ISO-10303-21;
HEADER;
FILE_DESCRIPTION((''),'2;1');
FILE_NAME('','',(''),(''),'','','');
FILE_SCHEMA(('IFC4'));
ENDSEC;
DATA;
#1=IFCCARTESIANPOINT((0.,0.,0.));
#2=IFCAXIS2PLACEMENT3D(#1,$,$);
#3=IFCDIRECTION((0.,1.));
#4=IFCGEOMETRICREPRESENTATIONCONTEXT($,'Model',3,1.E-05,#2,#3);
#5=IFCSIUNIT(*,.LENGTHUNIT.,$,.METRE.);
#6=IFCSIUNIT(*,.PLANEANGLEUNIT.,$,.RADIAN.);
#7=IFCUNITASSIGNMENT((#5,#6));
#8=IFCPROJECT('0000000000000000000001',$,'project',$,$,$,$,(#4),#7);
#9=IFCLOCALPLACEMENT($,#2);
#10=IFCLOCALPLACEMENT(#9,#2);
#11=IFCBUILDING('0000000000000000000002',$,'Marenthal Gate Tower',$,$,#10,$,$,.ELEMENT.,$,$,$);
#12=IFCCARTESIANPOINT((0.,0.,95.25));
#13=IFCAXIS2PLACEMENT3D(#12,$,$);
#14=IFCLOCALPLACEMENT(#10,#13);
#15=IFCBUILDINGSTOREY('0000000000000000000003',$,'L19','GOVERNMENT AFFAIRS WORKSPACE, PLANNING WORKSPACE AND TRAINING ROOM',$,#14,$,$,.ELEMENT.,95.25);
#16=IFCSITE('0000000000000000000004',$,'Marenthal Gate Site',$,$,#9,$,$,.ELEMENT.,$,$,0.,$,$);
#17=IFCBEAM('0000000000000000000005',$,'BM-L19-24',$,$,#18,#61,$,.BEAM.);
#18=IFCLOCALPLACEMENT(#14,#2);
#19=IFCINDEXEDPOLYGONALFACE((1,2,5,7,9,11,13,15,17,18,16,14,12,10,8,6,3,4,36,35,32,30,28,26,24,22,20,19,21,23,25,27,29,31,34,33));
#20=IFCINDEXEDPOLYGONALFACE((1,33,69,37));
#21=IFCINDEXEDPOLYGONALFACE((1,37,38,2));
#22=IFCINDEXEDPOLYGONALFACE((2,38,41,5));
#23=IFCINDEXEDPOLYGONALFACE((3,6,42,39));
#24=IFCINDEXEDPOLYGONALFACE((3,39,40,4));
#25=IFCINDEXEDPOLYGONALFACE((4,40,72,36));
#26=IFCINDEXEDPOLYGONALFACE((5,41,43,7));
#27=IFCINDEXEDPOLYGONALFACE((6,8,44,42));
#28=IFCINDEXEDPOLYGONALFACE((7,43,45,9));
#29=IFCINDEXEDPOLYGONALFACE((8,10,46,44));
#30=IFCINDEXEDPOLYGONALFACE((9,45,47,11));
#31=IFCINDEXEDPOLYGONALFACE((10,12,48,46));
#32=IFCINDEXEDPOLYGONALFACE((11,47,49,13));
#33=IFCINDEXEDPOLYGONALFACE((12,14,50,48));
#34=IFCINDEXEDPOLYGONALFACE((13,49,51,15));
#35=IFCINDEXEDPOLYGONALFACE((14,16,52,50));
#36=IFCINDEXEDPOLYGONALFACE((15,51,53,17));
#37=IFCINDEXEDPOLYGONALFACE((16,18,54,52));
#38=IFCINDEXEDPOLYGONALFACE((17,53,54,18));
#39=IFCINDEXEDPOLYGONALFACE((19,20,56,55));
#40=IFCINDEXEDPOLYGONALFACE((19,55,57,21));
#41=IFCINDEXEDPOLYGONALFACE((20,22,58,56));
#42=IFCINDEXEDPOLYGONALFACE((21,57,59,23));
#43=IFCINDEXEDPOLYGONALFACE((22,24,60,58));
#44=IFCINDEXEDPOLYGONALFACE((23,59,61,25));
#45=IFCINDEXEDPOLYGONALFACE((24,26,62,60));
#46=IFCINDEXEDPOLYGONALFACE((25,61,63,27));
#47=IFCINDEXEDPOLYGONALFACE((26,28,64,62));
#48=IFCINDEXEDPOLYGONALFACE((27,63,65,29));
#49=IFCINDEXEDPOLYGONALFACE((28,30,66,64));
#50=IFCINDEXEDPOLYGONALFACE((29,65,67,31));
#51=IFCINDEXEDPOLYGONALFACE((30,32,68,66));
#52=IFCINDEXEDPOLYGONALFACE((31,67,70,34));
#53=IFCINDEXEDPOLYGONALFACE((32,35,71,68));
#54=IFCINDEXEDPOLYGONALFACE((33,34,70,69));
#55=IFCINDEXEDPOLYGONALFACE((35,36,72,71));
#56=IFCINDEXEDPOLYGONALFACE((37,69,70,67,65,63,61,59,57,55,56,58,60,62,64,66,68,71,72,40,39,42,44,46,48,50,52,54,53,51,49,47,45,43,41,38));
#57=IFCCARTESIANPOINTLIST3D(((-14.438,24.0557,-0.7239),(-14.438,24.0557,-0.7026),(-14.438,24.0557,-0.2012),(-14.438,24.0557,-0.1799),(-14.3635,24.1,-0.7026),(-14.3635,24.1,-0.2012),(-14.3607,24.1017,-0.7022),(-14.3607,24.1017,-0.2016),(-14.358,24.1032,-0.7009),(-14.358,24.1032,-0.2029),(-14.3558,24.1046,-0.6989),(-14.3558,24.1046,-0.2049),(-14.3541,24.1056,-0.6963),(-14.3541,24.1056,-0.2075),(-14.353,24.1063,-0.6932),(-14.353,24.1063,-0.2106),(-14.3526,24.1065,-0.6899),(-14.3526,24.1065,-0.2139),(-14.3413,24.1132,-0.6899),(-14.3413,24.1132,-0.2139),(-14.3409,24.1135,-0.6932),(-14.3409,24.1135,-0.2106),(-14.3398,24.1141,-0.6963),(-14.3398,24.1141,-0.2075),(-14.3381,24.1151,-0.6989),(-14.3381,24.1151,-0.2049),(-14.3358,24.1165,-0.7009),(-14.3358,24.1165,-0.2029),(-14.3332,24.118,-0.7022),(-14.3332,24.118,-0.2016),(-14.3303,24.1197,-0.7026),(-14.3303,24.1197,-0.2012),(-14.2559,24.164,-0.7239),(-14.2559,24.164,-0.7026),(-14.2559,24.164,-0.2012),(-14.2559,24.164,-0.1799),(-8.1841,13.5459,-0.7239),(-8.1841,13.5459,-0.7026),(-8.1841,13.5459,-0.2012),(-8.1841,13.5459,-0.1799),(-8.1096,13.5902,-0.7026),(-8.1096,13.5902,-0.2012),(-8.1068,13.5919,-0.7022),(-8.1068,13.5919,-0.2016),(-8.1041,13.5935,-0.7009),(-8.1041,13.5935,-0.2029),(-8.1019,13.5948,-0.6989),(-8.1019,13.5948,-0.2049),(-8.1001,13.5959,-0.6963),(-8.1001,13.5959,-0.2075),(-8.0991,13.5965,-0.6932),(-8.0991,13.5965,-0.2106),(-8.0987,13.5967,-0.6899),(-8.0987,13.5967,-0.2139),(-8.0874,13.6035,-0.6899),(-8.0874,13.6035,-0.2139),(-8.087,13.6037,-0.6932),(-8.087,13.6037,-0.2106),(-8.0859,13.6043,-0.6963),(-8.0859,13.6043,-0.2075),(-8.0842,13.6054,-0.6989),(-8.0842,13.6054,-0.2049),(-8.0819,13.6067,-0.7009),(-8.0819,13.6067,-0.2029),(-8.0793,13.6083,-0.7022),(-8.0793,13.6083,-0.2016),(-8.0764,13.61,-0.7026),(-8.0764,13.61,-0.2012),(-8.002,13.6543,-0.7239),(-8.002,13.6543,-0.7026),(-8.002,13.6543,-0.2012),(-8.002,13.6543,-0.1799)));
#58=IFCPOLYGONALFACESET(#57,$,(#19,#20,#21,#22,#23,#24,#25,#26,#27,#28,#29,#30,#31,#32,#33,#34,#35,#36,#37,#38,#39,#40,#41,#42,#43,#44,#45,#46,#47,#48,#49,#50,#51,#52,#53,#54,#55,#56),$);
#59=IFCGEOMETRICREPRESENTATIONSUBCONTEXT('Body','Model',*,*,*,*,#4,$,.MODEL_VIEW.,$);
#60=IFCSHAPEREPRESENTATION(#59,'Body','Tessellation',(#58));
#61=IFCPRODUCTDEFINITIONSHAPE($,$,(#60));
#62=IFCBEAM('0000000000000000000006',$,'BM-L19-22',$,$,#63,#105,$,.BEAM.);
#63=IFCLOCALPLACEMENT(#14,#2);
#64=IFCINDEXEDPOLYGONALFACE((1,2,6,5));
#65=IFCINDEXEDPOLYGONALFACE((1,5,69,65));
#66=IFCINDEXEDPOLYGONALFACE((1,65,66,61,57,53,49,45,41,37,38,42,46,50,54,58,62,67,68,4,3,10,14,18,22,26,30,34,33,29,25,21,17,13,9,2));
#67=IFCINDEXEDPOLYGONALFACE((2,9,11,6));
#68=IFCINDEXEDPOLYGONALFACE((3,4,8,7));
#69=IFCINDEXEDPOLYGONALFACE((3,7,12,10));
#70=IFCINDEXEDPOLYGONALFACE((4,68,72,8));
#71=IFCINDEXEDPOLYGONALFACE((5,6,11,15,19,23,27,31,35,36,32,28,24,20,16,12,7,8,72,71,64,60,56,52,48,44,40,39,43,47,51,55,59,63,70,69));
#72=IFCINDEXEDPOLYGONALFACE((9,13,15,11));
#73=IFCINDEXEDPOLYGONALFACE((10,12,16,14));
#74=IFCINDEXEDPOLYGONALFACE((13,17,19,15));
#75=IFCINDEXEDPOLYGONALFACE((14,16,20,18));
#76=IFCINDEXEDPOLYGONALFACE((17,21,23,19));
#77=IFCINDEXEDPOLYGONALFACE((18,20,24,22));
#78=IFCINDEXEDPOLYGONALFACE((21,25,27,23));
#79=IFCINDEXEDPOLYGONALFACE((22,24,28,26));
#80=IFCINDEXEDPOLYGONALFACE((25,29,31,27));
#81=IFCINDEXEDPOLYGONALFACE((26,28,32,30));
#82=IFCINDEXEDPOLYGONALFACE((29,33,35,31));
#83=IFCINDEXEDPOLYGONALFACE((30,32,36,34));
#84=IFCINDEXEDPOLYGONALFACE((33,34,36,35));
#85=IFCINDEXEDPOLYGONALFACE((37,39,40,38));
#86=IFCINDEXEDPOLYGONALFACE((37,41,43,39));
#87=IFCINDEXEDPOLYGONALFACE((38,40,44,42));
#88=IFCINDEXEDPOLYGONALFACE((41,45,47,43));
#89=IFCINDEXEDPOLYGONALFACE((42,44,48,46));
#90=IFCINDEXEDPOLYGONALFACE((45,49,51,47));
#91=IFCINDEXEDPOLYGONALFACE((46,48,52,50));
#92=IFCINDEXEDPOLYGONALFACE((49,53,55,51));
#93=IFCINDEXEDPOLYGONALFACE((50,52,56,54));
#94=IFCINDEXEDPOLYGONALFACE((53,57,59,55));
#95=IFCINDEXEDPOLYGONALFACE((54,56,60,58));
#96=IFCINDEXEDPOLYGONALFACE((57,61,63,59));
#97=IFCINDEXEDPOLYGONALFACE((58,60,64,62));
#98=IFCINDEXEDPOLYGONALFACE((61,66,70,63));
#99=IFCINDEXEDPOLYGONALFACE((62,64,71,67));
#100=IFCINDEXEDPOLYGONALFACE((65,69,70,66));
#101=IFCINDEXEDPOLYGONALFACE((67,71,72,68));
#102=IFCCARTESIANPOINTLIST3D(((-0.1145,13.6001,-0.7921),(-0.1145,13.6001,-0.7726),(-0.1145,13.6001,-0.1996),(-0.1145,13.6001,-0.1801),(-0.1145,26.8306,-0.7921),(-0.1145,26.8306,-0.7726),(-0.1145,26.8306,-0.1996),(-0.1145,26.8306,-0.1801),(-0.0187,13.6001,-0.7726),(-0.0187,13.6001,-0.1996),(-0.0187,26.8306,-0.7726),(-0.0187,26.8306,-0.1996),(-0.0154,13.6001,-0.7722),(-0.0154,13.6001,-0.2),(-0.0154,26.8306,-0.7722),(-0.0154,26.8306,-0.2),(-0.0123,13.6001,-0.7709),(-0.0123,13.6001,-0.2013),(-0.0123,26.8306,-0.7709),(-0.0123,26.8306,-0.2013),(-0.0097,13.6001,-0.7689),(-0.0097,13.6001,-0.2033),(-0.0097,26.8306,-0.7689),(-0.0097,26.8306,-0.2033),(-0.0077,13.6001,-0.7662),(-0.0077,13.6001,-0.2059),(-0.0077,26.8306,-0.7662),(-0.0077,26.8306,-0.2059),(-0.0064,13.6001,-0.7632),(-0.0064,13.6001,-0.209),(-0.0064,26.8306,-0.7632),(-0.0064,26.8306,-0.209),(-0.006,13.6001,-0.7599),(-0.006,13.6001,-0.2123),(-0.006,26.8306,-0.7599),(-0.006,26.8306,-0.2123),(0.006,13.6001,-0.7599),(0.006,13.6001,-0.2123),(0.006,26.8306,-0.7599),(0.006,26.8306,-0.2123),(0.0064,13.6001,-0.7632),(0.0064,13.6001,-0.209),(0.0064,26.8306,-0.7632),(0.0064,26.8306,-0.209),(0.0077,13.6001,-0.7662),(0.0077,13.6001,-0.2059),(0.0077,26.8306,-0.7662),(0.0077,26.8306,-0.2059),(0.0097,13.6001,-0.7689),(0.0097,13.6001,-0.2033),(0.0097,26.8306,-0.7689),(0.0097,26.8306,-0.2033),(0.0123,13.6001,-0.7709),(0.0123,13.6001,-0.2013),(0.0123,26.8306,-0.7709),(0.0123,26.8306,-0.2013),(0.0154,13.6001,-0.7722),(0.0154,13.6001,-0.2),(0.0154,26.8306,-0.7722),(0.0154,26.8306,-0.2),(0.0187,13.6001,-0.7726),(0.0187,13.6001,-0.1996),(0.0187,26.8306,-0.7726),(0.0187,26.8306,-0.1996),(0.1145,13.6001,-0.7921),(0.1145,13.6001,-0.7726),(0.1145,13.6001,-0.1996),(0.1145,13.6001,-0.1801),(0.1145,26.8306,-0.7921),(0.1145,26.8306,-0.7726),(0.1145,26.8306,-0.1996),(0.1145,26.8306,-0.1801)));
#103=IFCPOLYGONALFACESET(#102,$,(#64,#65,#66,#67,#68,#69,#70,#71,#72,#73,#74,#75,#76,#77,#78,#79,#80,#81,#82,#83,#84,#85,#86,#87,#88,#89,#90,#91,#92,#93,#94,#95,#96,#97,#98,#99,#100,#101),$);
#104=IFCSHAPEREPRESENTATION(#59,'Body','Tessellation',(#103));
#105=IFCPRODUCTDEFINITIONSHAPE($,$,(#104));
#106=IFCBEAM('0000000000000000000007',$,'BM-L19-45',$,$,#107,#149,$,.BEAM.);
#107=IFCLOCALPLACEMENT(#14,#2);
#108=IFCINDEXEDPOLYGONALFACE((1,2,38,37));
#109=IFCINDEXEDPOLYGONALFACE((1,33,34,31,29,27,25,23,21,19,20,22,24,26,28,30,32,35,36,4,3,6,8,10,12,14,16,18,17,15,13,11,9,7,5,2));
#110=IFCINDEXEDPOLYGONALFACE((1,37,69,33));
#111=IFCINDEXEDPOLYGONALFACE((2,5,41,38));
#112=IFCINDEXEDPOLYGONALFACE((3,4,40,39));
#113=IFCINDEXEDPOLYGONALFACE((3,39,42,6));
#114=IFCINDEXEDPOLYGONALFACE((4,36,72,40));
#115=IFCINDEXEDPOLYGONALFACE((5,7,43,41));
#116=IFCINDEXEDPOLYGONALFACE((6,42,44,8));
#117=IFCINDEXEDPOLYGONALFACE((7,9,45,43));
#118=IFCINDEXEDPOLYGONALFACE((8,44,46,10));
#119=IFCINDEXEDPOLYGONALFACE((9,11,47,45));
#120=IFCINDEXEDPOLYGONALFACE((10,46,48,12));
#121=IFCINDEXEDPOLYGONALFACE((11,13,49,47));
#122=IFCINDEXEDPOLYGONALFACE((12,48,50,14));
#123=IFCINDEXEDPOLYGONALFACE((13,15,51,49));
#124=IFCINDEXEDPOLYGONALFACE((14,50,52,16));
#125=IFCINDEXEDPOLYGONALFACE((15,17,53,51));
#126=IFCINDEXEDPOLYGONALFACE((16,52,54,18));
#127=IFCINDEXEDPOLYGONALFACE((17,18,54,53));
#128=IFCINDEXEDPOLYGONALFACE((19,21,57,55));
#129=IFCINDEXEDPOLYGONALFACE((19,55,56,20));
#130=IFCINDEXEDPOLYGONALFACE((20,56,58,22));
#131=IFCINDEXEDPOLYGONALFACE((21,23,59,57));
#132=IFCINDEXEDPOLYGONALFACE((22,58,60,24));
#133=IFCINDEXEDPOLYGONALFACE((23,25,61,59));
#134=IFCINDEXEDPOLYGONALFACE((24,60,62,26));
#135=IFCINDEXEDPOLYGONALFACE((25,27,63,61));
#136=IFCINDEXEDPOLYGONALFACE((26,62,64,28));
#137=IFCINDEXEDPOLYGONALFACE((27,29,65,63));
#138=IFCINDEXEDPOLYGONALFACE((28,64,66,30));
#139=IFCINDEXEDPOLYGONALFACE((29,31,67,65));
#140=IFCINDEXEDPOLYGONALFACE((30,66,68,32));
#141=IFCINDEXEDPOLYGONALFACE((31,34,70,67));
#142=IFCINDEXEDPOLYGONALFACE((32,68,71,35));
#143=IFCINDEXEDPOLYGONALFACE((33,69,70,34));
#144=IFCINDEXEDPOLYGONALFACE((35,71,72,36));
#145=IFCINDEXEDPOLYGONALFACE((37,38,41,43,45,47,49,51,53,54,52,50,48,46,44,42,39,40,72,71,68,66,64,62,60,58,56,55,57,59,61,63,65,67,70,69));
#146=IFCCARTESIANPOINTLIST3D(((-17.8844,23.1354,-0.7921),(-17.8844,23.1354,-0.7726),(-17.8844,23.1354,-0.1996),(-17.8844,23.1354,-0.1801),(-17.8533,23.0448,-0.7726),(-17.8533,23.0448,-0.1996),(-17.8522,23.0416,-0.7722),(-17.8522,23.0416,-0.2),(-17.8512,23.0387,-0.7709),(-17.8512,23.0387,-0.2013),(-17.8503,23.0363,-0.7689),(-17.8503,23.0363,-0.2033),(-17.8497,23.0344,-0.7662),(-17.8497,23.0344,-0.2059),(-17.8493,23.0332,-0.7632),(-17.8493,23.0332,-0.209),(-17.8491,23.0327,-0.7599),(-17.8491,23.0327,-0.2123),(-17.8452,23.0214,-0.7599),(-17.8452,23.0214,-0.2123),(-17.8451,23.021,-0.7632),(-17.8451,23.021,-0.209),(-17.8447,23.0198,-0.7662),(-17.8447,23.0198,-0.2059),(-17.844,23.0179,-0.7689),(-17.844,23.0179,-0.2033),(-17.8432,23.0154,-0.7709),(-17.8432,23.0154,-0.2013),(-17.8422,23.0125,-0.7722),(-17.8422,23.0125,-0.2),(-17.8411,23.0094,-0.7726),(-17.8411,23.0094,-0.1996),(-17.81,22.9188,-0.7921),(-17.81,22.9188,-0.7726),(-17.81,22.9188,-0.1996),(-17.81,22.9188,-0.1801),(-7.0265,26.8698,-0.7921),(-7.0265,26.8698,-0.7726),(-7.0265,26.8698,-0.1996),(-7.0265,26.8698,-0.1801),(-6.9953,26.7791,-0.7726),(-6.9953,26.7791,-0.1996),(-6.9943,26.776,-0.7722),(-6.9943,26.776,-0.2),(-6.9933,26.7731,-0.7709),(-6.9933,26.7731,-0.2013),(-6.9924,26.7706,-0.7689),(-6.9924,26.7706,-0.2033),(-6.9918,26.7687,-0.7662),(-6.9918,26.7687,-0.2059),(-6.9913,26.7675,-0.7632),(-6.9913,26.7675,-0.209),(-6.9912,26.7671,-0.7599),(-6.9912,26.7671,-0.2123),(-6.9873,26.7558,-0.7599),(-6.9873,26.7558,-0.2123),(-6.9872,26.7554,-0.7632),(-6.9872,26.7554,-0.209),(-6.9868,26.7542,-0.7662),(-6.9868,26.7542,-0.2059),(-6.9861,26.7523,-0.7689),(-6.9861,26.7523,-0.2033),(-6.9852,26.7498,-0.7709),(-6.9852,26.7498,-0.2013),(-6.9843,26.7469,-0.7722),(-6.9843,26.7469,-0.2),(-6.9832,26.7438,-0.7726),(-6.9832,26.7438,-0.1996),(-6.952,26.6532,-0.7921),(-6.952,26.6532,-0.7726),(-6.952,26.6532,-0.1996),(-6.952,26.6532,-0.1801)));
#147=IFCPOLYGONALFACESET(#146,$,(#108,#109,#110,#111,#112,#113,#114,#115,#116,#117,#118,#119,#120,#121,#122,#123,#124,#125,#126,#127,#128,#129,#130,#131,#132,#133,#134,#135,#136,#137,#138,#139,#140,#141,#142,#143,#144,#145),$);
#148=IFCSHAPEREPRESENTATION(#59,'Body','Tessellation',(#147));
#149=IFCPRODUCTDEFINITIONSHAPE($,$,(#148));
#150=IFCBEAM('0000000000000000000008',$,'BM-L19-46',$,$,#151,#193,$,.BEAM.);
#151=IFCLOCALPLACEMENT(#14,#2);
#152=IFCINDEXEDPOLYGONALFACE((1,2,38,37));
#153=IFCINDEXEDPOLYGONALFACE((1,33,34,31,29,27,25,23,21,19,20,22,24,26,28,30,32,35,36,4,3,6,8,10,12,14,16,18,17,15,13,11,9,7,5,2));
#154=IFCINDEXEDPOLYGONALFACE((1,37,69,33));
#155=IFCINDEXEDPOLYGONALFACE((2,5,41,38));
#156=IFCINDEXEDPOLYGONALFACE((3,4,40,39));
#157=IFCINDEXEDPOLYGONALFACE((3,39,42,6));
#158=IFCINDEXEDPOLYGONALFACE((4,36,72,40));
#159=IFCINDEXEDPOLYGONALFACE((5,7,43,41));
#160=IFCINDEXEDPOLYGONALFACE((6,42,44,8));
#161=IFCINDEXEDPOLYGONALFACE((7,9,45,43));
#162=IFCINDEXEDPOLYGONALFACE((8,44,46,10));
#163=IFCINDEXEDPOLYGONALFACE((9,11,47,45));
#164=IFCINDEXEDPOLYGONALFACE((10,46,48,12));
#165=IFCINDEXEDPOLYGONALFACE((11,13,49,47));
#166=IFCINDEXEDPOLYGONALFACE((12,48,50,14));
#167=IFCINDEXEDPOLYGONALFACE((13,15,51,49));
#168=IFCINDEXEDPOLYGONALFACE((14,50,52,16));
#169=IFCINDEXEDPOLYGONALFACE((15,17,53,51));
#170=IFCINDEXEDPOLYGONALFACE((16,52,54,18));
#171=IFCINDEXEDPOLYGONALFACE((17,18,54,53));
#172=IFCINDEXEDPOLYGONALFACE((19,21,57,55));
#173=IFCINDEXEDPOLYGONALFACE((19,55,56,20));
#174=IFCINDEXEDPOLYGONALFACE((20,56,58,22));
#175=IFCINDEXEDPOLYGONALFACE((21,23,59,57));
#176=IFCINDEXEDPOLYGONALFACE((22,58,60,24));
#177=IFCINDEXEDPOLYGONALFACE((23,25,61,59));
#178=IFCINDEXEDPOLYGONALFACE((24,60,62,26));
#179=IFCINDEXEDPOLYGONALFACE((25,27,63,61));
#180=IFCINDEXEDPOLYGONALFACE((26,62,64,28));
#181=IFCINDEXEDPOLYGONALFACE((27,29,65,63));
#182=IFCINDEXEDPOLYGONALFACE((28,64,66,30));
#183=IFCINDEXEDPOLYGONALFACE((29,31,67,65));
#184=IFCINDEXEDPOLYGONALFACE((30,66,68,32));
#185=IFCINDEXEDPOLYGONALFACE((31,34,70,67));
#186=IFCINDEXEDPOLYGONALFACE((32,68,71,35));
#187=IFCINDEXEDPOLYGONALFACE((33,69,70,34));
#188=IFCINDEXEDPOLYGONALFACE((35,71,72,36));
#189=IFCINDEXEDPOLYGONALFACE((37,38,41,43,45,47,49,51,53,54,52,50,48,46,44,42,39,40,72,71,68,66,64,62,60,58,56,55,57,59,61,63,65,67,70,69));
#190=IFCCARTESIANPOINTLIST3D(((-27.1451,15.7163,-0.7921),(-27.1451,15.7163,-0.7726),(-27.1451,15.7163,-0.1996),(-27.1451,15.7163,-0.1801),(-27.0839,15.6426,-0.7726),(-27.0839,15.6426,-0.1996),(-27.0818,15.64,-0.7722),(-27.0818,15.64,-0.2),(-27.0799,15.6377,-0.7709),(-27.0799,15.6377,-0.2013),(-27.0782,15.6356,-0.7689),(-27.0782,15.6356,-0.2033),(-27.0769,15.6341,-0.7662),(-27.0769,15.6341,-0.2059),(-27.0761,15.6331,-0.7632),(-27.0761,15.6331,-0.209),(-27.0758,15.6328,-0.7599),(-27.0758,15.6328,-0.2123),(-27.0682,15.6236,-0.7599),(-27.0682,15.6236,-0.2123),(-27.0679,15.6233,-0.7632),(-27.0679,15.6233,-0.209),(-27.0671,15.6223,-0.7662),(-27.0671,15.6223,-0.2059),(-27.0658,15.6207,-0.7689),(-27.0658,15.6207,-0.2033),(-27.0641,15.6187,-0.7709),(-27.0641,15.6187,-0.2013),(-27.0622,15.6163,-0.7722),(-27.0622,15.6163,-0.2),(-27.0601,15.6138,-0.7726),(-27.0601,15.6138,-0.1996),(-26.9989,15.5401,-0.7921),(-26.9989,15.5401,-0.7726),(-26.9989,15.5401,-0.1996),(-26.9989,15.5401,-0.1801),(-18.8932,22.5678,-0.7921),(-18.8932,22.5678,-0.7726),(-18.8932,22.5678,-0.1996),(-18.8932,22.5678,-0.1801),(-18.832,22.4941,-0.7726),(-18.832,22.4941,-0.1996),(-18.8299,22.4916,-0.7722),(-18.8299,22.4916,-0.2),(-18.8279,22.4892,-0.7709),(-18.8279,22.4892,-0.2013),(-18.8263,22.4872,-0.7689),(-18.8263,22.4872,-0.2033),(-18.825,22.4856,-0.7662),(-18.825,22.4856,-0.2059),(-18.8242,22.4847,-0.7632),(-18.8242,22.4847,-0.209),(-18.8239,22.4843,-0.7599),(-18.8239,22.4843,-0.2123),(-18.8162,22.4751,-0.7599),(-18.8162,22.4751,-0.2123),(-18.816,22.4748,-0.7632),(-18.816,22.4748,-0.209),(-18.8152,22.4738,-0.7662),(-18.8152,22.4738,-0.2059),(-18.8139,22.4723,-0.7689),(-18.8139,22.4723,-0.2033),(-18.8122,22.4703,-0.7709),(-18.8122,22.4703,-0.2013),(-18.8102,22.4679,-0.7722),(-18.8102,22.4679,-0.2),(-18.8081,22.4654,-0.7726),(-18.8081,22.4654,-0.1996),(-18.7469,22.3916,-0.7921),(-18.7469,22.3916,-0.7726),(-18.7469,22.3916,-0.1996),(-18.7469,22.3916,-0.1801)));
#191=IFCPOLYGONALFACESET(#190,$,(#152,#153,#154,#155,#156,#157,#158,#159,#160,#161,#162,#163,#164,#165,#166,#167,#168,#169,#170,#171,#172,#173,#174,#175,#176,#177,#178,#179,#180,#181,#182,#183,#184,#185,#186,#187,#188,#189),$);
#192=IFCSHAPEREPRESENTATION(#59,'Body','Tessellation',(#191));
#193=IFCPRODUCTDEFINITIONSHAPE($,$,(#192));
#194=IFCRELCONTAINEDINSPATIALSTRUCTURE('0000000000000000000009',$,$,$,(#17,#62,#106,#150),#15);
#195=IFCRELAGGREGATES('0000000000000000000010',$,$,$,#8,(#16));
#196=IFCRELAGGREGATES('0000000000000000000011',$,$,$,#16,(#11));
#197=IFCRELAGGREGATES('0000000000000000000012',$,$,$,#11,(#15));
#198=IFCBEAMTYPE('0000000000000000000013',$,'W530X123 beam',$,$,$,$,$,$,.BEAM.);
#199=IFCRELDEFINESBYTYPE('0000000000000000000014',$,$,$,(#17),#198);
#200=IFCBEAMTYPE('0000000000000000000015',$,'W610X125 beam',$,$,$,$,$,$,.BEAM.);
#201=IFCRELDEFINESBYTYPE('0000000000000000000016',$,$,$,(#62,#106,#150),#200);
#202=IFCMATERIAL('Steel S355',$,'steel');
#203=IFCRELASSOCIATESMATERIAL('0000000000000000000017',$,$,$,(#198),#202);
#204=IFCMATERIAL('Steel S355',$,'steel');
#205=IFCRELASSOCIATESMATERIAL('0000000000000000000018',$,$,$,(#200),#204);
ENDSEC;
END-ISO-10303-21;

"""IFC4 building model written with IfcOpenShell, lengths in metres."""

from ifc_helpers import new_model, si_unit, direction, frame, origin, origin_2d, place, context, subcontext, project, spatial, i_section, extrude, material, material_profile, profile_set, type_object, element, save


model = new_model("IFC4")

# Units and contexts
model_context = context("Model", 3, precision=1e-05, world=origin(), true_north=direction((0.0, 1.0)))
body_context = subcontext(model_context, "Body", "Model", "MODEL_VIEW")
ifc_project = project(units=[si_unit("LENGTHUNIT", "METRE"), si_unit("PLANEANGLEUNIT", "RADIAN")], contexts=[model_context])

# Site, building, storey
site_placement = place(None, origin())
site = spatial("IfcSite", under=ifc_project, at=site_placement, Name="Marenthal Gate Site", CompositionType="ELEMENT", RefElevation=0.0)
building_placement = place(site_placement, origin())
building = spatial("IfcBuilding", under=site, at=building_placement, Name="Marenthal Gate Tower", CompositionType="ELEMENT")
storey_placement = place(building_placement, frame((0.0, 0.0, 95.25)))
storey = spatial("IfcBuildingStorey", under=building, at=storey_placement, Name="L19", Description="GOVERNMENT AFFAIRS WORKSPACE, PLANNING WORKSPACE AND TRAINING ROOM", CompositionType="ELEMENT", Elevation=95.25)

# Beams
ifc_material_1 = material(Name="Steel S355", Category="steel")
ifc_material_profile_1 = material_profile(ifc_material_1, i_section(OverallWidth=0.2119, OverallDepth=0.5439, WebThickness=0.0132, FlangeThickness=0.0212, FilletRadius=0.0127, at=origin_2d()), Name="W530X123")
ifc_profile_set_1 = profile_set([ifc_material_profile_1], Name="Steel S355")
beam_type_1 = type_object("IfcBeamType", Name="W530X123 beam", PredefinedType="BEAM", material=ifc_profile_set_1)
beam_1_placement = place(storey_placement, frame((-14.3469, 24.1099, -0.4519), z_axis=(0.511369, -0.859361, 0.0), x_axis=(0.859361, 0.511369, 0.0)))
element("IfcBeam", 1, at=beam_1_placement, inside=storey, type_object=beam_type_1, Name="BM-L19-24", PredefinedType="BEAM", context=body_context, shape_type="SweptSolid", body=[
    extrude(i_section(OverallWidth=0.2119, OverallDepth=0.5439, WebThickness=0.0132, FlangeThickness=0.0212, FilletRadius=0.0127, at=origin_2d()), origin(), (0.0, 0.0, 1.0), 12.2297),
])
ifc_material_2 = material(Name="Steel S355", Category="steel")
ifc_material_profile_2 = material_profile(ifc_material_2, i_section(OverallWidth=0.229, OverallDepth=0.6121, WebThickness=0.012, FlangeThickness=0.0195, FilletRadius=0.0127, at=origin_2d()), Name="W610X125")
ifc_profile_set_2 = profile_set([ifc_material_profile_2], Name="Steel S355")
beam_type_2 = type_object("IfcBeamType", Name="W610X125 beam", PredefinedType="BEAM", material=ifc_profile_set_2)
beam_2_placement = place(storey_placement, frame((0.0, 26.8306, -0.4861), z_axis=(0.0, -1.0, 0.0), x_axis=(1.0, 0.0, 0.0)))
element("IfcBeam", 2, at=beam_2_placement, inside=storey, type_object=beam_type_2, Name="BM-L19-22", PredefinedType="BEAM", context=body_context, shape_type="SweptSolid", body=[
    extrude(i_section(OverallWidth=0.229, OverallDepth=0.6121, WebThickness=0.012, FlangeThickness=0.0195, FilletRadius=0.0127, at=origin_2d()), origin(), (0.0, 0.0, 1.0), 13.2305),
])
beam_3_placement = place(storey_placement, frame((-6.9893, 26.7615, -0.4861), z_axis=(-0.945634, -0.325233, 0.0), x_axis=(0.325233, -0.945634, 0.0)))
element("IfcBeam", 3, at=beam_3_placement, inside=storey, type_object=beam_type_2, Name="BM-L19-45", PredefinedType="BEAM", context=body_context, shape_type="SweptSolid", body=[
    extrude(i_section(OverallWidth=0.229, OverallDepth=0.6121, WebThickness=0.012, FlangeThickness=0.0195, FilletRadius=0.0127, at=origin_2d()), origin(), (0.0, 0.0, 1.0), 11.4822),
])
beam_4_placement = place(storey_placement, frame((-18.8201, 22.4797, -0.4861), z_axis=(-0.769369, -0.638804, 0.0), x_axis=(0.638804, -0.769369, 0.0)))
element("IfcBeam", 4, at=beam_4_placement, inside=storey, type_object=beam_type_2, Name="BM-L19-46", PredefinedType="BEAM", context=body_context, shape_type="SweptSolid", body=[
    extrude(i_section(OverallWidth=0.229, OverallDepth=0.6121, WebThickness=0.012, FlangeThickness=0.0195, FilletRadius=0.0127, at=origin_2d()), origin(), (0.0, 0.0, 1.0), 10.7256),
])

save(model, "model.ifc")
